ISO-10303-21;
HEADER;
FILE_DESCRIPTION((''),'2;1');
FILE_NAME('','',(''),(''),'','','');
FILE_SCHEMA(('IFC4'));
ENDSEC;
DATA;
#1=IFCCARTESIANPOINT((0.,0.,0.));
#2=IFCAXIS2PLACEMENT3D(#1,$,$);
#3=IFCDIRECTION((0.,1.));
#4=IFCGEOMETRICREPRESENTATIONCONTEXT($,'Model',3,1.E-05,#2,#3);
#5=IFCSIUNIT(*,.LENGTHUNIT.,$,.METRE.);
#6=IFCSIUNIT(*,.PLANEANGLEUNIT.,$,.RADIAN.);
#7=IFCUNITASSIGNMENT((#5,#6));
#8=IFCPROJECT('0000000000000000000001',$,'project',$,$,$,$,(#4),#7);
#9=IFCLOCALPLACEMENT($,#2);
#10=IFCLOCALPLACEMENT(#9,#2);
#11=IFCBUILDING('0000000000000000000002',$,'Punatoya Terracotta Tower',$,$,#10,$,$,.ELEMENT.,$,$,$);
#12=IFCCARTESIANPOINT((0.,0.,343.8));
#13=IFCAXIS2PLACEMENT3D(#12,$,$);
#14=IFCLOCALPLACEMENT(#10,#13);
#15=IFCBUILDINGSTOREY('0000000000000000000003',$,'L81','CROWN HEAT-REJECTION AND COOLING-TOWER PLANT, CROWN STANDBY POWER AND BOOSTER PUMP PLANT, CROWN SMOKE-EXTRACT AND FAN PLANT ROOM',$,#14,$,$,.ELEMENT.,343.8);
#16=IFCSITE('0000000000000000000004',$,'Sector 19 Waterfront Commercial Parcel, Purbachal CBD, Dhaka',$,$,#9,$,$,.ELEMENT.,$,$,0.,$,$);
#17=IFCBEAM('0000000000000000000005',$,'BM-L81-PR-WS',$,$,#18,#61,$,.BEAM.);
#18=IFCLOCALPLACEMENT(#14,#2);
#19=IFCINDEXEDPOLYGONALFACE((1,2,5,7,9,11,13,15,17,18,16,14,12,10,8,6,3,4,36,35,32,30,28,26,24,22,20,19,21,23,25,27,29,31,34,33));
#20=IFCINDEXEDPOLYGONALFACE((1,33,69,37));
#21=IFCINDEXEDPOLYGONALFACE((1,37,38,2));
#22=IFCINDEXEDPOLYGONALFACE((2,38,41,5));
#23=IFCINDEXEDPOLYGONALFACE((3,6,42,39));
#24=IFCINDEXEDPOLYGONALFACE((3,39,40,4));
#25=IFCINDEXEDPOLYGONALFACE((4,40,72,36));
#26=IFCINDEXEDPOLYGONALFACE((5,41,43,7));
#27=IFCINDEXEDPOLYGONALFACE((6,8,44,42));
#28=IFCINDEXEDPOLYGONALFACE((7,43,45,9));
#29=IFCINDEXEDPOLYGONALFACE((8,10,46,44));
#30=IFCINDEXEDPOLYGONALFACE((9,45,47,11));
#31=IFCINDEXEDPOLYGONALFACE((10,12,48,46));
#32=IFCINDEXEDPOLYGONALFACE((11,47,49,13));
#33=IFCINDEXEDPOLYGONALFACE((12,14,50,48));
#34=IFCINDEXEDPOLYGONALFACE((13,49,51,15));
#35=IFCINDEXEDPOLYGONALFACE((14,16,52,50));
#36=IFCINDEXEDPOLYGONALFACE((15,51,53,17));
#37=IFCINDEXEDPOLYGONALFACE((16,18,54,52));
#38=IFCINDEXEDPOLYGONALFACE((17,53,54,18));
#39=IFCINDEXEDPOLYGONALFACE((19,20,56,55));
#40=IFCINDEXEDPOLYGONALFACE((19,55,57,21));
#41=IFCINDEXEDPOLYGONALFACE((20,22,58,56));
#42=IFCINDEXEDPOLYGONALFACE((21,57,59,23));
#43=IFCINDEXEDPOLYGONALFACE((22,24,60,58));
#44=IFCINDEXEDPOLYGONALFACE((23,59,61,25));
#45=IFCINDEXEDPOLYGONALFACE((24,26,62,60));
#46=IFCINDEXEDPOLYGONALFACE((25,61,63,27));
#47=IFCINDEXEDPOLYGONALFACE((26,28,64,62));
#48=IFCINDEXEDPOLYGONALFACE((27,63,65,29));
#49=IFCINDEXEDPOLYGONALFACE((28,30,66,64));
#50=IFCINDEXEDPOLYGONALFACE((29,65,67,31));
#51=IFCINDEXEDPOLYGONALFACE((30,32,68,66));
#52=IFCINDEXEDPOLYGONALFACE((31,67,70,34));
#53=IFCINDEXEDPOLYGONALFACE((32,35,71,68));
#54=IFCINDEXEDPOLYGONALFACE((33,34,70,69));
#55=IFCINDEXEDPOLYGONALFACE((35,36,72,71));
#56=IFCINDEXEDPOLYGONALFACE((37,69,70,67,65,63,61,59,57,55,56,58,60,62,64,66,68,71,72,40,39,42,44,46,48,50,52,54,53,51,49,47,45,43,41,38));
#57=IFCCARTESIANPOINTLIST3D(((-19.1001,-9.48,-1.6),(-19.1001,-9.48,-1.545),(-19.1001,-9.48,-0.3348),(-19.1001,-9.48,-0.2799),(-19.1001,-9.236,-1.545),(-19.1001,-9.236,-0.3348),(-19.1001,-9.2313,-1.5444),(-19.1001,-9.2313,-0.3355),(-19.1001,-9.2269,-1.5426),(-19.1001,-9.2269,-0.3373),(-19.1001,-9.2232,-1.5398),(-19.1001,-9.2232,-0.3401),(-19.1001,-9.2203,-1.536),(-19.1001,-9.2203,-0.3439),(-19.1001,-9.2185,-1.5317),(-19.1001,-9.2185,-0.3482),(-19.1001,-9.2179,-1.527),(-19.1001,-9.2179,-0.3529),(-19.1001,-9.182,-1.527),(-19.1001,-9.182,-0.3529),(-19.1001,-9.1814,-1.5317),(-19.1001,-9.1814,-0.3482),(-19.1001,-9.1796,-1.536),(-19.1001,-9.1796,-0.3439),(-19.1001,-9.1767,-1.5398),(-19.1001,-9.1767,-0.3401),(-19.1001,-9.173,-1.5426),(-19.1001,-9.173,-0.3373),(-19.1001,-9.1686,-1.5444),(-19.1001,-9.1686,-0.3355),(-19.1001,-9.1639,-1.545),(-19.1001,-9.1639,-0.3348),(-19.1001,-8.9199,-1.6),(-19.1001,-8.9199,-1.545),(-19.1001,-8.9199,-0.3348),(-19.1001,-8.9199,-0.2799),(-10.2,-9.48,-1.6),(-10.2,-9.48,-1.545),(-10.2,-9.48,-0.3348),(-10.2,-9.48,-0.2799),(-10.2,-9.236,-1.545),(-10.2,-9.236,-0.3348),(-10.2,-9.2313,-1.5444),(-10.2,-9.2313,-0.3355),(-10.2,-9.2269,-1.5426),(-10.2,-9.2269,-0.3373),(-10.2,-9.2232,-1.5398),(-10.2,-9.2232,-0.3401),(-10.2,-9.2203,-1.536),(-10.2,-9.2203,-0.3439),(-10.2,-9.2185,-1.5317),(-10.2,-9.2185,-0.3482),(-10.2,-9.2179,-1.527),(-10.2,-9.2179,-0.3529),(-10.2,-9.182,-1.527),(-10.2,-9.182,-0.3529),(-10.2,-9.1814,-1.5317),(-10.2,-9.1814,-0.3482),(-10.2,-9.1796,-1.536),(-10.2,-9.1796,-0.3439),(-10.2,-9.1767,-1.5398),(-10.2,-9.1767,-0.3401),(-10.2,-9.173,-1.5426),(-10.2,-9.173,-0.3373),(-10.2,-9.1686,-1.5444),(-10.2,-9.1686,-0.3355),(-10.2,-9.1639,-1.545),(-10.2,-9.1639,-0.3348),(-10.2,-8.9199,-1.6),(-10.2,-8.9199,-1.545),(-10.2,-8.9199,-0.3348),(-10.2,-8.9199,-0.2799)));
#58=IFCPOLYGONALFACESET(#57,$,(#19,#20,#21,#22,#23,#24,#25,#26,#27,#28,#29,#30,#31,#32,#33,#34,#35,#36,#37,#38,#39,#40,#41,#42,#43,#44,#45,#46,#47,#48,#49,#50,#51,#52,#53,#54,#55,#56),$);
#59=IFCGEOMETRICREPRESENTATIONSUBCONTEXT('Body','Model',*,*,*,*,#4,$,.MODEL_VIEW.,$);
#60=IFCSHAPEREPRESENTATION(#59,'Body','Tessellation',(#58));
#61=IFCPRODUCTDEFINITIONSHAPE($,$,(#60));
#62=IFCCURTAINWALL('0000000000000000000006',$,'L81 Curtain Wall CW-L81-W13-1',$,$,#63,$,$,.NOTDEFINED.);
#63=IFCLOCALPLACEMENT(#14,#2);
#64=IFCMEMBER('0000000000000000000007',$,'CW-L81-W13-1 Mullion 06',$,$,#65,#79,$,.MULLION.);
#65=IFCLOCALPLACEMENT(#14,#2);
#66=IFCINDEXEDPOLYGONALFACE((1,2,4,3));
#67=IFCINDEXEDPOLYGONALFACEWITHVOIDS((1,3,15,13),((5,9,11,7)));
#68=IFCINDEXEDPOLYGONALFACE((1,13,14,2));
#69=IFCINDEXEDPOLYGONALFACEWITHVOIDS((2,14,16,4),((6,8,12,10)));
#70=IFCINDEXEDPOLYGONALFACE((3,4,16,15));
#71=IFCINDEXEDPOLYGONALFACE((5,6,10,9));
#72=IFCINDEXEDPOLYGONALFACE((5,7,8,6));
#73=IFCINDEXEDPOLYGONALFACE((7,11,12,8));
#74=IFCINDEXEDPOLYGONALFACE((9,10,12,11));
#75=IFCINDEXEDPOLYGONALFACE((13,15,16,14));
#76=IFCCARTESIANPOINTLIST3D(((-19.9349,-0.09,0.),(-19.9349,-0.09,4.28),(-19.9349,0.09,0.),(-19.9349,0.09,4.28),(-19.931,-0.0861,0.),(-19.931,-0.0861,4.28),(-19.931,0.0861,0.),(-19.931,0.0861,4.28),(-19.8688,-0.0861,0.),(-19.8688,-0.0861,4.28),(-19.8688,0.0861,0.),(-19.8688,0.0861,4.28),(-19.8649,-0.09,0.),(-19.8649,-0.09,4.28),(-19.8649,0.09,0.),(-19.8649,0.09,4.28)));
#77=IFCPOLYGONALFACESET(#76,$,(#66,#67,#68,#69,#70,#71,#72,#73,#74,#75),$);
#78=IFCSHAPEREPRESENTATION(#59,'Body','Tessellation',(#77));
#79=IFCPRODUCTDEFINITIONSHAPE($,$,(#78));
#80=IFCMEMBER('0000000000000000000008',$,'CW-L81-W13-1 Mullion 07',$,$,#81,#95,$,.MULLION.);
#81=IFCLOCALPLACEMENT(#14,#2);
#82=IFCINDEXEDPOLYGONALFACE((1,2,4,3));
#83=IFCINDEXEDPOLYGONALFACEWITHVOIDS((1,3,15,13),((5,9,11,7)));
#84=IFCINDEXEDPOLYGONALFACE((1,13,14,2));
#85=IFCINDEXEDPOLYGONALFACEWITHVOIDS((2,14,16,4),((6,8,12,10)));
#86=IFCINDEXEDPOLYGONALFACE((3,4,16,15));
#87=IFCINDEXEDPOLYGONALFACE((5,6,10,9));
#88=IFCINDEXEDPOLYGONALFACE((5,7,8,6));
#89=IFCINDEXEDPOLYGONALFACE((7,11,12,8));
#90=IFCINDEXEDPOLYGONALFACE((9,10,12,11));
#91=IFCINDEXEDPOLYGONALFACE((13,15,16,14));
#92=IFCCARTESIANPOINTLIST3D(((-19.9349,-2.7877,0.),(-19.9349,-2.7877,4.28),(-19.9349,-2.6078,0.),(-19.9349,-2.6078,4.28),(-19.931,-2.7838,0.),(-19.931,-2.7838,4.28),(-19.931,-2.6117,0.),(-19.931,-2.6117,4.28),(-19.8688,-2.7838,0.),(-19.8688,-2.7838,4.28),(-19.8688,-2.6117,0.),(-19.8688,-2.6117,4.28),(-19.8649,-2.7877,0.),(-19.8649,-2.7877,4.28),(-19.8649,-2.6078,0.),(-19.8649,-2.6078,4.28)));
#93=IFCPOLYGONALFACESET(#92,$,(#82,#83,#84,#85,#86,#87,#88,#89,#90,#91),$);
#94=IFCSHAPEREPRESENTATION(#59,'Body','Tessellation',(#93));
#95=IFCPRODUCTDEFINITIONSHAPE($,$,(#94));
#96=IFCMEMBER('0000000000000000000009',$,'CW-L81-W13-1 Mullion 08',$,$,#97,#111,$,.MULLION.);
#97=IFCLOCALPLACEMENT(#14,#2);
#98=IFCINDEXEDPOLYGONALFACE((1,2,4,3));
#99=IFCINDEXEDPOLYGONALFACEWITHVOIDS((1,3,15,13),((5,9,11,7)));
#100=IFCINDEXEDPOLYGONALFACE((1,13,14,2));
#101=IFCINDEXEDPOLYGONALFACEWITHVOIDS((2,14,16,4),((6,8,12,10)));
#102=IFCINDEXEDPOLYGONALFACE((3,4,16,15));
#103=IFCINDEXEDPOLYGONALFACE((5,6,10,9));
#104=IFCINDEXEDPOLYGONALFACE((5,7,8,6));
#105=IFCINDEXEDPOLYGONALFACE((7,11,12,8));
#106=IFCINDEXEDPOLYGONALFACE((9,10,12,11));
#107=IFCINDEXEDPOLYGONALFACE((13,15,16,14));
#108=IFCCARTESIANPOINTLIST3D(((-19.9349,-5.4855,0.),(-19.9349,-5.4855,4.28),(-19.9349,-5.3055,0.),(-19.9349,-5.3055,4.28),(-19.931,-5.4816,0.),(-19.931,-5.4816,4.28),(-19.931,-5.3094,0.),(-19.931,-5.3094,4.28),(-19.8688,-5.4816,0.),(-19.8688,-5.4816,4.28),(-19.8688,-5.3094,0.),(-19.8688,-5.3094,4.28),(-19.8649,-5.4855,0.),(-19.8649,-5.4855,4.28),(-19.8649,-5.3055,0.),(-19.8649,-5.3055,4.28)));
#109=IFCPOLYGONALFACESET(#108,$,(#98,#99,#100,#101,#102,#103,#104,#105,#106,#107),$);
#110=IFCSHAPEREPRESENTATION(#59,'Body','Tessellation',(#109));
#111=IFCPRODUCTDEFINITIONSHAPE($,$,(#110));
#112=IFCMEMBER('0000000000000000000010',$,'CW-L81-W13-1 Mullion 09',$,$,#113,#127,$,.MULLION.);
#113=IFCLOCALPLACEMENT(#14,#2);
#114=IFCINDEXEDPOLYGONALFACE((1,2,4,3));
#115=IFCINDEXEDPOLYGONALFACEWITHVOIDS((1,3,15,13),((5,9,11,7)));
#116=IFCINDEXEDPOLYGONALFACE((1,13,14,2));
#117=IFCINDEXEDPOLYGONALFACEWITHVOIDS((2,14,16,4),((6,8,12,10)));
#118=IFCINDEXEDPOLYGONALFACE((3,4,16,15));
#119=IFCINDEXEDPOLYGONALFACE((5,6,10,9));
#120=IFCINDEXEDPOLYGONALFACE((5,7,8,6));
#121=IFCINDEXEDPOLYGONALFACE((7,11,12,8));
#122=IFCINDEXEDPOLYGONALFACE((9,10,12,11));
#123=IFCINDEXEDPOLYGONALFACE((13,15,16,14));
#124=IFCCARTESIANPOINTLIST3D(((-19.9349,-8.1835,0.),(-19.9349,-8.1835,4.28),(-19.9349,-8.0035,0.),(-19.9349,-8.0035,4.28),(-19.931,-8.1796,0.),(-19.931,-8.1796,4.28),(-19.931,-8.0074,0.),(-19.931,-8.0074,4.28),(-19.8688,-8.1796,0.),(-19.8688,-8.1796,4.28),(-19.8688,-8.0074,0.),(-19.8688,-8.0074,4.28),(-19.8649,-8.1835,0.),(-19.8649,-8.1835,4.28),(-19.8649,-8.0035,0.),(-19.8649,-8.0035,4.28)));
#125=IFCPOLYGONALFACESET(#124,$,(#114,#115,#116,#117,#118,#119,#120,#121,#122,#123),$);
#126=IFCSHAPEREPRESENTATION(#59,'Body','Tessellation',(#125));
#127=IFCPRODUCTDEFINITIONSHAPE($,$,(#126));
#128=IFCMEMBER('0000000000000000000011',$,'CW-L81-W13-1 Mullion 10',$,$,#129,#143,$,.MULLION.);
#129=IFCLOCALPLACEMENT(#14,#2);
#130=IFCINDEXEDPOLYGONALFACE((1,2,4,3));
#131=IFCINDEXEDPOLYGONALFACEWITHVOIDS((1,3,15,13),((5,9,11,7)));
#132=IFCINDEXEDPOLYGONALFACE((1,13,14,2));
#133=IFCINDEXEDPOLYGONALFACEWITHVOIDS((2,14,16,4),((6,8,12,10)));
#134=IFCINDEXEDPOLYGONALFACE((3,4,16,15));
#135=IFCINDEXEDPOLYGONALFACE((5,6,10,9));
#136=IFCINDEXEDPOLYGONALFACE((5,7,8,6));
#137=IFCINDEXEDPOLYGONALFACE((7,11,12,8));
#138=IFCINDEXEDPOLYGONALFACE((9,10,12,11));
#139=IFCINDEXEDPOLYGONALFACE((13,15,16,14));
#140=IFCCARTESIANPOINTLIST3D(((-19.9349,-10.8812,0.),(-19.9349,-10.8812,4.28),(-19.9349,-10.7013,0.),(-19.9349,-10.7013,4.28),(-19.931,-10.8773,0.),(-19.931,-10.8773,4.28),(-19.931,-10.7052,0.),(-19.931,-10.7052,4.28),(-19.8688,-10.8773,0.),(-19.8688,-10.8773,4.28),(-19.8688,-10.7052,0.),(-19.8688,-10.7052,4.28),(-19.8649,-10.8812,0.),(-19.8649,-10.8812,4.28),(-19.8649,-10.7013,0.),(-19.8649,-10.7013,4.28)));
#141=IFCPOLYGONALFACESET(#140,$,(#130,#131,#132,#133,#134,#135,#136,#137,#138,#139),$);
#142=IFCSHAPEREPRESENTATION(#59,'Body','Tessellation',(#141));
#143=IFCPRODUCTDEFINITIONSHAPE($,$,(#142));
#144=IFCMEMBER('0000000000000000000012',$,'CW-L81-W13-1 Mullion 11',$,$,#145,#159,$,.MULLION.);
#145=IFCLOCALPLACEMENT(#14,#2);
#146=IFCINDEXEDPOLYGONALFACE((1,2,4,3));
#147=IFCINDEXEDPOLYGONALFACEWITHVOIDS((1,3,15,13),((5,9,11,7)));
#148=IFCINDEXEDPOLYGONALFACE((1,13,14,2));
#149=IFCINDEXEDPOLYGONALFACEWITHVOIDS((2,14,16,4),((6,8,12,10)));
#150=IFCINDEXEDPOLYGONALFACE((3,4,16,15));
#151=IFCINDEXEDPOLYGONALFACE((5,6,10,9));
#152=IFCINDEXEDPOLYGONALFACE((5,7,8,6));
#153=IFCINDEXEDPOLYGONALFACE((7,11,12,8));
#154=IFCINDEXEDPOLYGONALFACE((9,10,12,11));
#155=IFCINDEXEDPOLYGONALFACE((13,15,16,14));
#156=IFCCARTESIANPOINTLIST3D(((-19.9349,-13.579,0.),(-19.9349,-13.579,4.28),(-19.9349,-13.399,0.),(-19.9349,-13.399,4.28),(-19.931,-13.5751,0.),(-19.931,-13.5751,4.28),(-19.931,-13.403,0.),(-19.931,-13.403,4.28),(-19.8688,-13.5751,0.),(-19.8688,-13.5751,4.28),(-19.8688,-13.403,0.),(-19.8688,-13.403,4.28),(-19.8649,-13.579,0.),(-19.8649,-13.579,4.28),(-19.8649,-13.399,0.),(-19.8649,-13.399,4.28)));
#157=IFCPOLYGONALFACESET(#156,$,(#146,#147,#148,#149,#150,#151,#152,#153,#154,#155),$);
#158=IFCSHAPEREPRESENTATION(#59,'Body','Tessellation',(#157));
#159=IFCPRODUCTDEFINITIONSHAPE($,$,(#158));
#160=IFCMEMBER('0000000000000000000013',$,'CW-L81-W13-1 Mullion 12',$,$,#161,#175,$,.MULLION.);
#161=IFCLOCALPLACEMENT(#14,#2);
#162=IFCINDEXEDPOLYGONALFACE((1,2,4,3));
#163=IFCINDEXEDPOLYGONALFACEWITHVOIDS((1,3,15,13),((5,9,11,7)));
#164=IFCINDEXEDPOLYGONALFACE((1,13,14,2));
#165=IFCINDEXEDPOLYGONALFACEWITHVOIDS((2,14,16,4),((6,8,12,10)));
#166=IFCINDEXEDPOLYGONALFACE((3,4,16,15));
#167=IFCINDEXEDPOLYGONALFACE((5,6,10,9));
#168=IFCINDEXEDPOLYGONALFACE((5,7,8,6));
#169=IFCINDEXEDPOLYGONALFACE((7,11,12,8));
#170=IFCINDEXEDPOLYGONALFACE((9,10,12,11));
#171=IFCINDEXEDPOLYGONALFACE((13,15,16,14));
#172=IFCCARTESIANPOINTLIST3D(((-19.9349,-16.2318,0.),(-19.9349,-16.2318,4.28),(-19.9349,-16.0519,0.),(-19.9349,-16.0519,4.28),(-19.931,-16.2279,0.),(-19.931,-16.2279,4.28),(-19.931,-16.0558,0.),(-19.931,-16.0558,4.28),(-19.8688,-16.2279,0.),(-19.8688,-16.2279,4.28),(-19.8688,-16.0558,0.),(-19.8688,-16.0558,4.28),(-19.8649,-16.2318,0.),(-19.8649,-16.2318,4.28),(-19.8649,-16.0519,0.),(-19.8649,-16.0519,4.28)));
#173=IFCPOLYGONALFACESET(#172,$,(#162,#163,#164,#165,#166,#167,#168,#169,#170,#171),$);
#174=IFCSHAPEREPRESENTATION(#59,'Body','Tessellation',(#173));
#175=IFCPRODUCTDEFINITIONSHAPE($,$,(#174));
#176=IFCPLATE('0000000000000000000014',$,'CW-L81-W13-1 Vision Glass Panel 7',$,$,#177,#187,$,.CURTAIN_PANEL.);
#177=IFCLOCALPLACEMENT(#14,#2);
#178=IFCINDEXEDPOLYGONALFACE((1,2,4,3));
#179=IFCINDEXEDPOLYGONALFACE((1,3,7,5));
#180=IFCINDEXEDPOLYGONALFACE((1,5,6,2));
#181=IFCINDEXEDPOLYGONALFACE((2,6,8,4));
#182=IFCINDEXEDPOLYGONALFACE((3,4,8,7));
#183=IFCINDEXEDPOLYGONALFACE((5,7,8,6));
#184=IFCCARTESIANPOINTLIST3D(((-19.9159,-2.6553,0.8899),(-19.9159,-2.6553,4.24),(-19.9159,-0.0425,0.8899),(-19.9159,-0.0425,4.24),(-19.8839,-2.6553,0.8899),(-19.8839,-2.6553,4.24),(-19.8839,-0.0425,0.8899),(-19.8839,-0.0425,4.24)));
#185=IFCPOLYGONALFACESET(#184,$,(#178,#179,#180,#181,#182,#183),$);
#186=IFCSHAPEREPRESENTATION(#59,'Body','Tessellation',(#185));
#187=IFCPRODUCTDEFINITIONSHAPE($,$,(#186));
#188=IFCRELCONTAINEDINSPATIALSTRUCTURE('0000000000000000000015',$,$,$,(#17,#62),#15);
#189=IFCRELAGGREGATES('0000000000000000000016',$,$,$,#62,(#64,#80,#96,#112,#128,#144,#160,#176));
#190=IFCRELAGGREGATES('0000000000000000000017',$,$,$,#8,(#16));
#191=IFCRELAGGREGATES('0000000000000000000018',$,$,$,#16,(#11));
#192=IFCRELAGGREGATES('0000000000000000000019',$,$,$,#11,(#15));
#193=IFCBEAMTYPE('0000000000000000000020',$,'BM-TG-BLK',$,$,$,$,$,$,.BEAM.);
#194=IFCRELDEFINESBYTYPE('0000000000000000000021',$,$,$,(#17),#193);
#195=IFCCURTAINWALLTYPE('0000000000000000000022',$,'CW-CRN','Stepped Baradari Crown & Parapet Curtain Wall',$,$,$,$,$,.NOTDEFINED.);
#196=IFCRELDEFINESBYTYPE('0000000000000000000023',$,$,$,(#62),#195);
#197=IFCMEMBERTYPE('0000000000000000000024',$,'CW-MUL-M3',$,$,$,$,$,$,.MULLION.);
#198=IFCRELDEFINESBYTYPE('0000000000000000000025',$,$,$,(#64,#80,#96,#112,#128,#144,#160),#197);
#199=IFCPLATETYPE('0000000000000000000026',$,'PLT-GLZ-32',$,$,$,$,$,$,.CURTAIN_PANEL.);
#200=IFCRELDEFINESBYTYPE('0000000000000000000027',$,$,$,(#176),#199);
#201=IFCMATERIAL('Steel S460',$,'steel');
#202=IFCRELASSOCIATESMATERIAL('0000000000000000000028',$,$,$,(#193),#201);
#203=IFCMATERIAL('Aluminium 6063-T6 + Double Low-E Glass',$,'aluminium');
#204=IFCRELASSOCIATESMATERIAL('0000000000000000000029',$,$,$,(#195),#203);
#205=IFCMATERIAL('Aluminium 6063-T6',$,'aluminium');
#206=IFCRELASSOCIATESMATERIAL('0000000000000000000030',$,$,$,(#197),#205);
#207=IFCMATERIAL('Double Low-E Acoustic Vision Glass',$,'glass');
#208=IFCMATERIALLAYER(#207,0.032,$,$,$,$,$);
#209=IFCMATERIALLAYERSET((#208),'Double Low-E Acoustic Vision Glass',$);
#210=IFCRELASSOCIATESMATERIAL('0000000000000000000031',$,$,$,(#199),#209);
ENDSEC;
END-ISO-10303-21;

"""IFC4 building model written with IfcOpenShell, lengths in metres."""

from ifc_helpers import new_model, si_unit, direction, frame, origin, origin_2d, place, context, subcontext, project, spatial, rectangle, hollow_rectangle, i_section, extrude, material, layer, layer_set, material_profile, profile_set, type_object, element, aggregate, save


model = new_model("IFC4")

# Units and contexts
model_context = context("Model", 3, precision=1e-05, world=origin(), true_north=direction((0.0, 1.0)))
body_context = subcontext(model_context, "Body", "Model", "MODEL_VIEW")
ifc_project = project(units=[si_unit("LENGTHUNIT", "METRE"), si_unit("PLANEANGLEUNIT", "RADIAN")], contexts=[model_context])

# Site, building, storey
site_placement = place(None, origin())
site = spatial("IfcSite", under=ifc_project, at=site_placement, Name="Sector 19 Waterfront Commercial Parcel, Purbachal CBD, Dhaka", CompositionType="ELEMENT", RefElevation=0.0)
building_placement = place(site_placement, origin())
building = spatial("IfcBuilding", under=site, at=building_placement, Name="Punatoya Terracotta Tower", CompositionType="ELEMENT")
storey_placement = place(building_placement, frame((0.0, 0.0, 343.8)))
storey = spatial("IfcBuildingStorey", under=building, at=storey_placement, Name="L81", Description="CROWN HEAT-REJECTION AND COOLING-TOWER PLANT, CROWN STANDBY POWER AND BOOSTER PUMP PLANT, CROWN SMOKE-EXTRACT AND FAN PLANT ROOM", CompositionType="ELEMENT", Elevation=343.8)

# Beam
ifc_material_1 = material(Name="Steel S460", Category="steel")
ifc_material_profile_1 = material_profile(ifc_material_1, i_section(OverallWidth=0.5601, OverallDepth=1.3201, WebThickness=0.0359, FlangeThickness=0.0549, FilletRadius=0.0181, at=origin_2d()))
ifc_profile_set_1 = profile_set([ifc_material_profile_1], Name="Steel S460")
beam_type = type_object("IfcBeamType", Name="BM-TG-BLK", PredefinedType="BEAM", material=ifc_profile_set_1)
beam_placement = place(storey_placement, frame((-19.1001, -9.2, -0.9399), z_axis=(1.0, 0.0, 0.0), x_axis=(0.0, 1.0, 0.0)))
element("IfcBeam", 1, at=beam_placement, inside=storey, type_object=beam_type, Name="BM-L81-PR-WS", PredefinedType="BEAM", context=body_context, shape_type="SweptSolid", body=[
    extrude(i_section(OverallWidth=0.5601, OverallDepth=1.3201, WebThickness=0.0359, FlangeThickness=0.0549, FilletRadius=0.0181, at=origin_2d()), origin(), (0.0, 0.0, 1.0), 8.9001),
])

# Curtain wall, members, plate
ifc_material_2 = material(Name="Aluminium 6063-T6 + Double Low-E Glass", Category="aluminium")
curtain_wall_type = type_object("IfcCurtainWallType", Name="CW-CRN", Description="Stepped Baradari Crown & Parapet Curtain Wall", PredefinedType="NOTDEFINED", material=ifc_material_2)
curtain_wall_placement = place(storey_placement, origin())
curtain_wall = element("IfcCurtainWall", 2, at=curtain_wall_placement, inside=storey, type_object=curtain_wall_type, Name="L81 Curtain Wall CW-L81-W13-1", PredefinedType="NOTDEFINED")
ifc_material_3 = material(Name="Aluminium 6063-T6", Category="aluminium")
ifc_material_profile_2 = material_profile(ifc_material_3, hollow_rectangle(XDim=0.0701, YDim=0.1799, WallThickness=0.0039, at=origin_2d()))
ifc_profile_set_2 = profile_set([ifc_material_profile_2], Name="Aluminium 6063-T6")
member_type = type_object("IfcMemberType", Name="CW-MUL-M3", PredefinedType="MULLION", material=ifc_profile_set_2)
member_1_placement = place(storey_placement, frame((-19.8999, 0.0, 0.0), z_axis=(0.0, 0.0, 1.0), x_axis=(1.0, 0.0, 0.0)))
member_1 = element("IfcMember", 3, at=member_1_placement, type_object=member_type, Name="CW-L81-W13-1 Mullion 06", PredefinedType="MULLION", context=body_context, shape_type="SweptSolid", body=[
    extrude(hollow_rectangle(XDim=0.0701, YDim=0.1799, WallThickness=0.0039, at=origin_2d()), origin(), (0.0, 0.0, 1.0), 4.28),
])
member_2_placement = place(storey_placement, frame((-19.8999, -2.6978, 0.0), z_axis=(0.0, 0.0, 1.0), x_axis=(1.0, 0.0, 0.0)))
member_2 = element("IfcMember", 4, at=member_2_placement, type_object=member_type, Name="CW-L81-W13-1 Mullion 07", PredefinedType="MULLION", context=body_context, shape_type="SweptSolid", body=[
    extrude(hollow_rectangle(XDim=0.0701, YDim=0.1799, WallThickness=0.0039, at=origin_2d()), origin(), (0.0, 0.0, 1.0), 4.28),
])
member_3_placement = place(storey_placement, frame((-19.8999, -5.3955, 0.0), z_axis=(0.0, 0.0, 1.0), x_axis=(1.0, 0.0, 0.0)))
member_3 = element("IfcMember", 5, at=member_3_placement, type_object=member_type, Name="CW-L81-W13-1 Mullion 08", PredefinedType="MULLION", context=body_context, shape_type="SweptSolid", body=[
    extrude(hollow_rectangle(XDim=0.0701, YDim=0.1799, WallThickness=0.0039, at=origin_2d()), origin(), (0.0, 0.0, 1.0), 4.28),
])
member_4_placement = place(storey_placement, frame((-19.8999, -8.0935, 0.0), z_axis=(0.0, 0.0, 1.0), x_axis=(1.0, 0.0, 0.0)))
member_4 = element("IfcMember", 6, at=member_4_placement, type_object=member_type, Name="CW-L81-W13-1 Mullion 09", PredefinedType="MULLION", context=body_context, shape_type="SweptSolid", body=[
    extrude(hollow_rectangle(XDim=0.0701, YDim=0.1799, WallThickness=0.0039, at=origin_2d()), origin(), (0.0, 0.0, 1.0), 4.28),
])
member_5_placement = place(storey_placement, frame((-19.8999, -10.7913, 0.0), z_axis=(0.0, 0.0, 1.0), x_axis=(1.0, 0.0, 0.0)))
member_5 = element("IfcMember", 7, at=member_5_placement, type_object=member_type, Name="CW-L81-W13-1 Mullion 10", PredefinedType="MULLION", context=body_context, shape_type="SweptSolid", body=[
    extrude(hollow_rectangle(XDim=0.0701, YDim=0.1799, WallThickness=0.0039, at=origin_2d()), origin(), (0.0, 0.0, 1.0), 4.28),
])
member_6_placement = place(storey_placement, frame((-19.8999, -13.489, 0.0), z_axis=(0.0, 0.0, 1.0), x_axis=(1.0, 0.0, 0.0)))
member_6 = element("IfcMember", 8, at=member_6_placement, type_object=member_type, Name="CW-L81-W13-1 Mullion 11", PredefinedType="MULLION", context=body_context, shape_type="SweptSolid", body=[
    extrude(hollow_rectangle(XDim=0.0701, YDim=0.1799, WallThickness=0.0039, at=origin_2d()), origin(), (0.0, 0.0, 1.0), 4.28),
])
member_7_placement = place(storey_placement, frame((-19.8999, -16.1418, 0.0), z_axis=(0.0, 0.0, 1.0), x_axis=(1.0, 0.0, 0.0)))
member_7 = element("IfcMember", 9, at=member_7_placement, type_object=member_type, Name="CW-L81-W13-1 Mullion 12", PredefinedType="MULLION", context=body_context, shape_type="SweptSolid", body=[
    extrude(hollow_rectangle(XDim=0.0701, YDim=0.1799, WallThickness=0.0039, at=origin_2d()), origin(), (0.0, 0.0, 1.0), 4.28),
])
ifc_material_4 = material(Name="Double Low-E Acoustic Vision Glass", Category="glass")
ifc_layer_1 = layer(ifc_material_4, 0.032)
ifc_layer_set_1 = layer_set([ifc_layer_1], Name="Double Low-E Acoustic Vision Glass")
plate_type_1 = type_object("IfcPlateType", Name="PLT-GLZ-32", PredefinedType="CURTAIN_PANEL", material=ifc_layer_set_1)
plate_1_placement = place(storey_placement, frame((-19.8999, -1.3489, 0.8899), z_axis=(0.0, 0.0, 1.0), x_axis=(0.0, -1.0, 0.0)))
plate_1 = element("IfcPlate", 10, at=plate_1_placement, type_object=plate_type_1, Name="CW-L81-W13-1 Vision Glass Panel 7", PredefinedType="CURTAIN_PANEL", context=body_context, shape_type="SweptSolid", body=[
    extrude(rectangle(XDim=2.6128, YDim=0.032, at=origin_2d()), origin(), (0.0, 0.0, 1.0), 3.3501),
])
aggregate(curtain_wall, [member_1, member_2, member_3, member_4, member_5, member_6, member_7, plate_1])

save(model, "model.ifc")
